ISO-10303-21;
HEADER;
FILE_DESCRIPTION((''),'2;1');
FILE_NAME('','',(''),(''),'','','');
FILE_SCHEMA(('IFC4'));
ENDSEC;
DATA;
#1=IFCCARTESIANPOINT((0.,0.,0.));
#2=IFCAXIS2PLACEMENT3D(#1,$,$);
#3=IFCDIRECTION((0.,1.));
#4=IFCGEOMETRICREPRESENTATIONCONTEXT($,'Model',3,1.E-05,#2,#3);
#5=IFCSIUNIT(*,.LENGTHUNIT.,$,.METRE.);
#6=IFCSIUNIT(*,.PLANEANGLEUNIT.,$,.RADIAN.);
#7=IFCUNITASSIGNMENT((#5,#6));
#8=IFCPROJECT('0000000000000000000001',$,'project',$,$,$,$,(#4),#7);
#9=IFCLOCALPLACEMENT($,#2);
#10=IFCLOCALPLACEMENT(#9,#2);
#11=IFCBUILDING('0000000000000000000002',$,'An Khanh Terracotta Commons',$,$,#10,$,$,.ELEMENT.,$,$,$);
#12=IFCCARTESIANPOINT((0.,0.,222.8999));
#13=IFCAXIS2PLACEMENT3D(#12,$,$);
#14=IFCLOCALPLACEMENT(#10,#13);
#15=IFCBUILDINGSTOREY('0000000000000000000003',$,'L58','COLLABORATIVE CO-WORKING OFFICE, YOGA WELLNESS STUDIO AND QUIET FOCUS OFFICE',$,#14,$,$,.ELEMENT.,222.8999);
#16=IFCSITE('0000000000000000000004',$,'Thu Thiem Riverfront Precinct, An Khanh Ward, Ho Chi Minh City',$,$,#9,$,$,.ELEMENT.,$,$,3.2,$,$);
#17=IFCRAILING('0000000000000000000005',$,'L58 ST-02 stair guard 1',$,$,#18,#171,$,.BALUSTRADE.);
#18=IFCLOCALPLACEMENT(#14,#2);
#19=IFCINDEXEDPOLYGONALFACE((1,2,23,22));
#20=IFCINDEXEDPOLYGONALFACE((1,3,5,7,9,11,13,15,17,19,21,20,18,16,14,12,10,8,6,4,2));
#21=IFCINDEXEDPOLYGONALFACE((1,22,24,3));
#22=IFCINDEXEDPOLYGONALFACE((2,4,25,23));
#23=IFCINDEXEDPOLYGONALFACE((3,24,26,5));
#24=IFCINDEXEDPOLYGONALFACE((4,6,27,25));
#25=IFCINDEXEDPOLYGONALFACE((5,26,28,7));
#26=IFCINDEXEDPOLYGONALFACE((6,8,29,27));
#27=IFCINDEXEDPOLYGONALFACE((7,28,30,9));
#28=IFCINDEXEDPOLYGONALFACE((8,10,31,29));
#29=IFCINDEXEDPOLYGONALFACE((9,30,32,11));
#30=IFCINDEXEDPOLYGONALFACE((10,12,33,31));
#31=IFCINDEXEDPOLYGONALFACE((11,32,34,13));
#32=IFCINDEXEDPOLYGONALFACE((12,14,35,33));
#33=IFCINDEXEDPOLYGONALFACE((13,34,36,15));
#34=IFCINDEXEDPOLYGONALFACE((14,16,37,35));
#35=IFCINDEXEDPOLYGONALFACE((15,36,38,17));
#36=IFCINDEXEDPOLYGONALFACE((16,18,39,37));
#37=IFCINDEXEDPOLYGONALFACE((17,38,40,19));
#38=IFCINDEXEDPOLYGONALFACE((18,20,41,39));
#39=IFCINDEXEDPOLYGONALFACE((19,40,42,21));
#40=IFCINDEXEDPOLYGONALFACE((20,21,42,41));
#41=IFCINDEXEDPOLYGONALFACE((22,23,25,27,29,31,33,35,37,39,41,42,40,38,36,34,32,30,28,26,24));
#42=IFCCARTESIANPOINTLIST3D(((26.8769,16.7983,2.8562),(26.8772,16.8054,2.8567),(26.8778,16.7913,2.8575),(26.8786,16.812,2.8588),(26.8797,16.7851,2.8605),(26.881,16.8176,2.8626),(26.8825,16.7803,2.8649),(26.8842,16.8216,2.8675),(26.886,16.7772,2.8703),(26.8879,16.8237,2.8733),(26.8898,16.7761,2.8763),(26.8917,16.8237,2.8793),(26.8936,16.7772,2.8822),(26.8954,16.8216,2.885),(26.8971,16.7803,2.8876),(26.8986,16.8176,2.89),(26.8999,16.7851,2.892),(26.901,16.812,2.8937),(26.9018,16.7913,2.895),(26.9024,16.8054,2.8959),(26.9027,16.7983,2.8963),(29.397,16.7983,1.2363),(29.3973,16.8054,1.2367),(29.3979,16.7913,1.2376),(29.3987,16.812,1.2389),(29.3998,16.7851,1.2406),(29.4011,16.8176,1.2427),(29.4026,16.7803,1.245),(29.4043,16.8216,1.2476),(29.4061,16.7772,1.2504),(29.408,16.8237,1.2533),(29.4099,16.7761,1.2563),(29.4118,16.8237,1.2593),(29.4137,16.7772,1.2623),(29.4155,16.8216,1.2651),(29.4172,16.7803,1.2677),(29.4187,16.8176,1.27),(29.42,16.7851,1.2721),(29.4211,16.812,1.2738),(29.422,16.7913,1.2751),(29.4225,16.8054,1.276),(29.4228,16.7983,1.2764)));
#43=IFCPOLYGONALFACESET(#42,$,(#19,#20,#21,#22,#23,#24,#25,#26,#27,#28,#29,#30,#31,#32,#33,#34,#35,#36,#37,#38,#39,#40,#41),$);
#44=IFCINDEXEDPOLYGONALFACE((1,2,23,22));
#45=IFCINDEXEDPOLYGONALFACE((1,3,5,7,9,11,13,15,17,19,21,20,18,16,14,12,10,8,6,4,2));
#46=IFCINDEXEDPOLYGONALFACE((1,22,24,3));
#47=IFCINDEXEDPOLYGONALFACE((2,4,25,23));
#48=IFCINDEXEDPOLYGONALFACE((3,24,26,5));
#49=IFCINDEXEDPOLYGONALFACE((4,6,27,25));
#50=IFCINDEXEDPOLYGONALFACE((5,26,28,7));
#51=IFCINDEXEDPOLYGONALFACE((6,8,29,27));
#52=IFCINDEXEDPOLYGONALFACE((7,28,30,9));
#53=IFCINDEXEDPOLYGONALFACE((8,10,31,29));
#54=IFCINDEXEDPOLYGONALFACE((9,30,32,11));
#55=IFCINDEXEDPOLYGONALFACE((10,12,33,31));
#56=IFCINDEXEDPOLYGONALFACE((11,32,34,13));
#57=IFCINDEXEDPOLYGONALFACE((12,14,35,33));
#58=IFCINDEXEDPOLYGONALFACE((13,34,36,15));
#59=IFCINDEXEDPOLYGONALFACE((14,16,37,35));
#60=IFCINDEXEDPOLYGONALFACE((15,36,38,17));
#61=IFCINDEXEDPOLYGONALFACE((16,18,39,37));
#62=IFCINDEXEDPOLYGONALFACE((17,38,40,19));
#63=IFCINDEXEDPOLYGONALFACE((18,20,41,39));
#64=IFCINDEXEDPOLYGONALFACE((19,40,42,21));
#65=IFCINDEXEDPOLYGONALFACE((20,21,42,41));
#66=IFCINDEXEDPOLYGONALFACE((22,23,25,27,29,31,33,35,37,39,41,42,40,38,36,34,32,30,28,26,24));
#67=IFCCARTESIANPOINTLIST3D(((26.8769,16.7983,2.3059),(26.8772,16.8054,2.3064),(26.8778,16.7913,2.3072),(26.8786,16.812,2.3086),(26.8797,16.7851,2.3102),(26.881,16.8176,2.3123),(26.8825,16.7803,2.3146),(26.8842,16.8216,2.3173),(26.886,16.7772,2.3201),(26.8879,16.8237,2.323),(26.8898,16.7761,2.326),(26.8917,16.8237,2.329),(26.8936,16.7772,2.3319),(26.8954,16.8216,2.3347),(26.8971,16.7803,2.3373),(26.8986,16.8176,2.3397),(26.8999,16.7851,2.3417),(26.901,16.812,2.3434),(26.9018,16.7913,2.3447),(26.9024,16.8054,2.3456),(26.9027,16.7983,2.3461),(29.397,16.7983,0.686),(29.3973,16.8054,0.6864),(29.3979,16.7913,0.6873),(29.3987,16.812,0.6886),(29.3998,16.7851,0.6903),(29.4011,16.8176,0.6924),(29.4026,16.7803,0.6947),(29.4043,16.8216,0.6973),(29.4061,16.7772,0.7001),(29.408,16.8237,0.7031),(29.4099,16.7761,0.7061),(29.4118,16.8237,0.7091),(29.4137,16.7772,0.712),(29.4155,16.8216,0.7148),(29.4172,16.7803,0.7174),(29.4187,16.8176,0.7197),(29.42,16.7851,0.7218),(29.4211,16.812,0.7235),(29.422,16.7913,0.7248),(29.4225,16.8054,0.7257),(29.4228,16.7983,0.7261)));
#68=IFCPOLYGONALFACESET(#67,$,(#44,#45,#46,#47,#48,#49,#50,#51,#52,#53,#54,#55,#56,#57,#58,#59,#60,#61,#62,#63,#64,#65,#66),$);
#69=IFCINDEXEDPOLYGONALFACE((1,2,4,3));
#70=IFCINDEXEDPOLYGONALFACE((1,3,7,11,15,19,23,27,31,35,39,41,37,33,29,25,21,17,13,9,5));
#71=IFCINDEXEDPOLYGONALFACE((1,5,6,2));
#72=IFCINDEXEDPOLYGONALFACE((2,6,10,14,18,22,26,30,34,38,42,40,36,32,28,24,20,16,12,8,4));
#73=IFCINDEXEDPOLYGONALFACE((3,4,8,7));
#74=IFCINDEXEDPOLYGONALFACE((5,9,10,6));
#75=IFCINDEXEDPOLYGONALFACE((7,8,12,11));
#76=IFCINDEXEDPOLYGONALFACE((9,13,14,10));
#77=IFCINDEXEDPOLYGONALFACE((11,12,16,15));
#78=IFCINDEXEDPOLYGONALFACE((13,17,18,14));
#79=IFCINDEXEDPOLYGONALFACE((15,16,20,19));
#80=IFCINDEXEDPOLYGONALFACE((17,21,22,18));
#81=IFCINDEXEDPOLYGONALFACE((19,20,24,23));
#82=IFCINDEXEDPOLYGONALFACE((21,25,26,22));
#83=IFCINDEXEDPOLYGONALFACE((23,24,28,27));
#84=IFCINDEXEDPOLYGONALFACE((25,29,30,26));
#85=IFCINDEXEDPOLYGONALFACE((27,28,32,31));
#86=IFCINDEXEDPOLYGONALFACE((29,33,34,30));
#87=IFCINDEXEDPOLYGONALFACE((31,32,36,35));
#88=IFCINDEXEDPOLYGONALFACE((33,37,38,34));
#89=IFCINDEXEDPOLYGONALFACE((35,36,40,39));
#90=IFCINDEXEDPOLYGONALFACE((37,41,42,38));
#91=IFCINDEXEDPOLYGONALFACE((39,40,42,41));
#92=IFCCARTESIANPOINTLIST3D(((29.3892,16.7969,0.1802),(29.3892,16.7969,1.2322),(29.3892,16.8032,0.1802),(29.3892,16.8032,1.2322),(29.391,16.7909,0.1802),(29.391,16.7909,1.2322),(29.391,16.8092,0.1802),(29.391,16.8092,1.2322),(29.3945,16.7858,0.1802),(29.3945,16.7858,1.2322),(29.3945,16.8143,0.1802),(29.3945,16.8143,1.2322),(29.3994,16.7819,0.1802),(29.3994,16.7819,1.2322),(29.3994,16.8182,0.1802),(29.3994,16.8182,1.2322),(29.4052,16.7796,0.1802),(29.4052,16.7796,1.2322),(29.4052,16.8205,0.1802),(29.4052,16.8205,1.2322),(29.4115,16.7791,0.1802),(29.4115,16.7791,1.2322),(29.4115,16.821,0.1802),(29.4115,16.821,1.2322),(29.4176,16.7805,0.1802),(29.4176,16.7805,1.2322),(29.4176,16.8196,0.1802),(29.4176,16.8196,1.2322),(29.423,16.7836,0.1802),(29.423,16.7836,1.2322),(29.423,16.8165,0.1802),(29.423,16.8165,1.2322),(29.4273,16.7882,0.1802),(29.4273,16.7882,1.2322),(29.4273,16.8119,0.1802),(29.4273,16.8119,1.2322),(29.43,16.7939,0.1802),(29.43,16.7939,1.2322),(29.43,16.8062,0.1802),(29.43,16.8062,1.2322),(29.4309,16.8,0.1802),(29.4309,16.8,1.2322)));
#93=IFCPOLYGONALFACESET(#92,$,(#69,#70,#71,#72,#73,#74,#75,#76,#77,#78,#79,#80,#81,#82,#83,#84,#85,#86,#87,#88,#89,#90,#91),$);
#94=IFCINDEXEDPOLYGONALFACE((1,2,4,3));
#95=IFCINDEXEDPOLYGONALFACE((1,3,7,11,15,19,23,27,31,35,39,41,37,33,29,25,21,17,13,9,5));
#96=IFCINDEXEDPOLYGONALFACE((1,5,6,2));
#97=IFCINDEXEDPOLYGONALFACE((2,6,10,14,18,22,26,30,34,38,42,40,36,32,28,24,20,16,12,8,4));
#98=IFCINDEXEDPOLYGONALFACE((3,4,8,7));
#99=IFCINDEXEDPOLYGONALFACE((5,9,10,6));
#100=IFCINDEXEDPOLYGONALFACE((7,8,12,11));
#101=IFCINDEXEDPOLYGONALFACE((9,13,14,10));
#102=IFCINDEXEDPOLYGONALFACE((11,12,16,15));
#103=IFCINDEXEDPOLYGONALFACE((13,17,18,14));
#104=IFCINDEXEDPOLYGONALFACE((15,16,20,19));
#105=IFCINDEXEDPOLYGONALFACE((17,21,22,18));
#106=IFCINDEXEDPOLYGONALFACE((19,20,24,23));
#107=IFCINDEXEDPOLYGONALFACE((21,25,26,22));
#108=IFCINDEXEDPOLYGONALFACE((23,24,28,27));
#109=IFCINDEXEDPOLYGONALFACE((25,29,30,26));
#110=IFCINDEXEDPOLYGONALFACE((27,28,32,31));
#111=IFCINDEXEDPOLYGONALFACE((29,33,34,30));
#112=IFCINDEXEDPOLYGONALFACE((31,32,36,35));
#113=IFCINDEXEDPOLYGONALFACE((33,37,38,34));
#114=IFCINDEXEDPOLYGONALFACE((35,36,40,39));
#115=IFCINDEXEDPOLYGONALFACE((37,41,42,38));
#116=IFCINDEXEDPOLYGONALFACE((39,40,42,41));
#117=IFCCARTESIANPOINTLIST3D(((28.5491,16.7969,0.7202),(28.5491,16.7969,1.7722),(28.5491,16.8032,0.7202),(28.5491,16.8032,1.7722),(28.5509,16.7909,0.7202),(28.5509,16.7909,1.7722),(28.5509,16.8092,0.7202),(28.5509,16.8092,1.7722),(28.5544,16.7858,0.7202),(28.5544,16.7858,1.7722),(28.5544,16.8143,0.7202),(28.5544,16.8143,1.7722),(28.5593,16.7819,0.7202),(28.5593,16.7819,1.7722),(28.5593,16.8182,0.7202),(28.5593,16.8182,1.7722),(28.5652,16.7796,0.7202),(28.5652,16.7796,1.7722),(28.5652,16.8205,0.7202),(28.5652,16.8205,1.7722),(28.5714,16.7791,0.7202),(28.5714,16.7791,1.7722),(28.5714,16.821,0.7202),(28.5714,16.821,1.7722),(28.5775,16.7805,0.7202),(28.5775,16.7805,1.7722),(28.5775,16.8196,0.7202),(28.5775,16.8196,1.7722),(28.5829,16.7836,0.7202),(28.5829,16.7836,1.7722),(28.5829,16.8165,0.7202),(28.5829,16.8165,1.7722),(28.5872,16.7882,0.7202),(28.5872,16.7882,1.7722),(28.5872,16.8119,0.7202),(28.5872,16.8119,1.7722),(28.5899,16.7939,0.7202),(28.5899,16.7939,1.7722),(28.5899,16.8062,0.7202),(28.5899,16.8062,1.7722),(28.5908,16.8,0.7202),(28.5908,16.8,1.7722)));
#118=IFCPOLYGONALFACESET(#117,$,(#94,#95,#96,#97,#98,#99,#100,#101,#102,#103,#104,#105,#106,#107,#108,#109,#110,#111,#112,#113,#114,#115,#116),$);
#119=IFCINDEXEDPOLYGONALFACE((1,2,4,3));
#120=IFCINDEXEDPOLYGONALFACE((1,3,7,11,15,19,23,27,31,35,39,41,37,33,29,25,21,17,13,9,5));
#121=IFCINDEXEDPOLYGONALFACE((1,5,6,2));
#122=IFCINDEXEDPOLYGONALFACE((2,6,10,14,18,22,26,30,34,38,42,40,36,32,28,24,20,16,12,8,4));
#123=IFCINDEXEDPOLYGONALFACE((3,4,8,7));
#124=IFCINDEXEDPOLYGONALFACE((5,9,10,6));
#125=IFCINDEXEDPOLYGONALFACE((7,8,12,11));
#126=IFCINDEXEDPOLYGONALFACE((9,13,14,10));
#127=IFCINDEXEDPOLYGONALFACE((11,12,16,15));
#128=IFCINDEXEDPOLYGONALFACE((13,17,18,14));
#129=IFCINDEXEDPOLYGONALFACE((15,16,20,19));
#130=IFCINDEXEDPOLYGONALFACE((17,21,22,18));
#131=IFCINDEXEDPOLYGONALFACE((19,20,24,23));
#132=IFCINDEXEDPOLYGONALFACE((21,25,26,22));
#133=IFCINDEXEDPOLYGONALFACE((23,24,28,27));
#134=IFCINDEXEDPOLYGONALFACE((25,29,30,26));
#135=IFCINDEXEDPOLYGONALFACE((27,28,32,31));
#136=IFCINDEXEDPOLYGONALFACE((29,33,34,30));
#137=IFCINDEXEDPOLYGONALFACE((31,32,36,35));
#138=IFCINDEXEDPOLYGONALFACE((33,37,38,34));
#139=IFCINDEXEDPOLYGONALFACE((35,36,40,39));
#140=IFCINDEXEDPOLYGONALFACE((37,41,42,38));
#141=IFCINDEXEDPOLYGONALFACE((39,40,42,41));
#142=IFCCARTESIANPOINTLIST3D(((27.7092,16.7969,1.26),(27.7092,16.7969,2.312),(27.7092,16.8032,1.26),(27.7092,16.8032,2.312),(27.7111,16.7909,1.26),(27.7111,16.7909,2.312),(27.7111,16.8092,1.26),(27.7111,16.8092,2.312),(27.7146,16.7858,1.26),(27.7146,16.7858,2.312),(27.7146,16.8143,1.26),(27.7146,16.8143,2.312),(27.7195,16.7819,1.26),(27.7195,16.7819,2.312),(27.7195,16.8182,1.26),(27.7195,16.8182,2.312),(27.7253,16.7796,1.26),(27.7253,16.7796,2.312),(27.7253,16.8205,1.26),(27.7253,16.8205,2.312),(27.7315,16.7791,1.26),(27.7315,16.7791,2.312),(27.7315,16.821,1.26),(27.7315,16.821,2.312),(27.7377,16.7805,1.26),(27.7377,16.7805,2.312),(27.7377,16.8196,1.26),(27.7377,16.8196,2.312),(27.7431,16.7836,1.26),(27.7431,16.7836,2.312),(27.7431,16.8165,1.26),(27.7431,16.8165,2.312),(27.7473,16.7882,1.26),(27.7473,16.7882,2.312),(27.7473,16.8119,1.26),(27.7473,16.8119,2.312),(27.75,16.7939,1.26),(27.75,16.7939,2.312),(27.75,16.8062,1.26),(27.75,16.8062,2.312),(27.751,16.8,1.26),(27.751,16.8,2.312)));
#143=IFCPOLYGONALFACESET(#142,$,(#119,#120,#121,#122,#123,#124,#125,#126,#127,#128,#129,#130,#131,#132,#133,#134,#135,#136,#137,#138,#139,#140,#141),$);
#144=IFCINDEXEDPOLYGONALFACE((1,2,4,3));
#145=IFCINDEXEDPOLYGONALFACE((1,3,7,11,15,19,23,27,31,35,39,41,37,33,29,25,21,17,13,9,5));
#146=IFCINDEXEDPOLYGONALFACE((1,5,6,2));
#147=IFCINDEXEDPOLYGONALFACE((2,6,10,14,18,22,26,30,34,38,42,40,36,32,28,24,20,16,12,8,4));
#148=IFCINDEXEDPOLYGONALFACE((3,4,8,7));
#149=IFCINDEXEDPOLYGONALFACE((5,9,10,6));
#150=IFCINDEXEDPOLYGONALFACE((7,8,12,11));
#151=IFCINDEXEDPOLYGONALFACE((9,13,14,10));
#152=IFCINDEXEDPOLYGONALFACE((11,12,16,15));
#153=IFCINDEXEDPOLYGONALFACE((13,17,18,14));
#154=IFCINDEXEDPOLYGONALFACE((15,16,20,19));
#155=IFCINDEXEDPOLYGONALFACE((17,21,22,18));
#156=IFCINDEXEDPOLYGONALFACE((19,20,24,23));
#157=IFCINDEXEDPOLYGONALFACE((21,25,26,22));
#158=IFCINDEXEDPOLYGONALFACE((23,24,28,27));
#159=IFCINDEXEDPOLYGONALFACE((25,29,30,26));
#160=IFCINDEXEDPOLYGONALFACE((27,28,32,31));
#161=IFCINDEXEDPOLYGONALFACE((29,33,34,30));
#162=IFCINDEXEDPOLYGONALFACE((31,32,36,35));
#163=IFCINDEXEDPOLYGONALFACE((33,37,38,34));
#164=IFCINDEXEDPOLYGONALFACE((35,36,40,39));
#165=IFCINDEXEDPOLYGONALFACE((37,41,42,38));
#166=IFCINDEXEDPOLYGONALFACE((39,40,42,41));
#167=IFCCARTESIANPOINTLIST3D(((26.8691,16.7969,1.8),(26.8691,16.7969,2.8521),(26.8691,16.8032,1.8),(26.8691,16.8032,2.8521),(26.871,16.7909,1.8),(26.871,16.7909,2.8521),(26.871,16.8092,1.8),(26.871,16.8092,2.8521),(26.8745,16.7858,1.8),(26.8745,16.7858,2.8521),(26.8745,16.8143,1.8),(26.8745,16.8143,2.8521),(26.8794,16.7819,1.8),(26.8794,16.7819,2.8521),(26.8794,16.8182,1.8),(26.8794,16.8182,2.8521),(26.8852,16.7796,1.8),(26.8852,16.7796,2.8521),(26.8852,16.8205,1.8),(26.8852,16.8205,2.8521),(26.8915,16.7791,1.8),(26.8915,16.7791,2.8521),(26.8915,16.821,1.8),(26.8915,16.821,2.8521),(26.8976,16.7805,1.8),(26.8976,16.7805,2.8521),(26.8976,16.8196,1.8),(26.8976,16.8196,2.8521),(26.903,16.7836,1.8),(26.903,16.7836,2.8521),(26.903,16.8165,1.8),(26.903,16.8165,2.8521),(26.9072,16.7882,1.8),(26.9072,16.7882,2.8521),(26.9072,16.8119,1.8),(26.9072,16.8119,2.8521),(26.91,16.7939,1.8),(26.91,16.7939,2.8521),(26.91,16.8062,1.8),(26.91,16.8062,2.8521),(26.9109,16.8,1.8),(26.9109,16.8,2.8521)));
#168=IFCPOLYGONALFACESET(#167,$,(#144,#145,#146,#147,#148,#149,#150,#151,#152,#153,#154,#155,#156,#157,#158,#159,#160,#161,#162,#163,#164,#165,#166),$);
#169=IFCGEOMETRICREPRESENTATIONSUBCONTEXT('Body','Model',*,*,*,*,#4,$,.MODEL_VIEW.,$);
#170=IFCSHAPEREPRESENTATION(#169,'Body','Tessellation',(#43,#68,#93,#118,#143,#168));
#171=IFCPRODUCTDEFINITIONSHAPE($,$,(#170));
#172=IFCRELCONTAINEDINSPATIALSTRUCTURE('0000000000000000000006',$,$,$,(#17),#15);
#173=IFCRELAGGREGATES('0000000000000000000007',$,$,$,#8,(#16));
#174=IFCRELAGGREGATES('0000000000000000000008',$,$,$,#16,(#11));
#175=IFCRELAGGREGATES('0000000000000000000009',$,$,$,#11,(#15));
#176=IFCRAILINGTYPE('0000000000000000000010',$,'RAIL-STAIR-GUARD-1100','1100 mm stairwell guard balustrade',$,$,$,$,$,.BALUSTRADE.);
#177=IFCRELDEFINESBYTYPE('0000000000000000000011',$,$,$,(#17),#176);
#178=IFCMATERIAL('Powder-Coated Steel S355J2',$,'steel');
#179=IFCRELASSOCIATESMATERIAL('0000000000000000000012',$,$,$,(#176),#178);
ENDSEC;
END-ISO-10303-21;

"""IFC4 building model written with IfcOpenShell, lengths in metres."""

from ifc_helpers import new_model, si_unit, direction, frame, origin, origin_2d, place, context, subcontext, project, spatial, circle, extrude, material, type_object, element, save


model = new_model("IFC4")

# Units and contexts
model_context = context("Model", 3, precision=1e-05, world=origin(), true_north=direction((0.0, 1.0)))
body_context = subcontext(model_context, "Body", "Model", "MODEL_VIEW")
ifc_project = project(units=[si_unit("LENGTHUNIT", "METRE"), si_unit("PLANEANGLEUNIT", "RADIAN")], contexts=[model_context])

# Site, building, storey
site_placement = place(None, origin())
site = spatial("IfcSite", under=ifc_project, at=site_placement, Name="Thu Thiem Riverfront Precinct, An Khanh Ward, Ho Chi Minh City", CompositionType="ELEMENT", RefElevation=3.2)
building_placement = place(site_placement, origin())
building = spatial("IfcBuilding", under=site, at=building_placement, Name="An Khanh Terracotta Commons", CompositionType="ELEMENT")
storey_placement = place(building_placement, frame((0.0, 0.0, 222.8999)))
storey = spatial("IfcBuildingStorey", under=building, at=storey_placement, Name="L58", Description="COLLABORATIVE CO-WORKING OFFICE, YOGA WELLNESS STUDIO AND QUIET FOCUS OFFICE", CompositionType="ELEMENT", Elevation=222.8999)

# Railing
ifc_material_1 = material(Name="Powder-Coated Steel S355J2", Category="steel")
railing_type = type_object("IfcRailingType", Name="RAIL-STAIR-GUARD-1100", Description="1100 mm stairwell guard balustrade", PredefinedType="BALUSTRADE", material=ifc_material_1)
railing_1_placement = place(storey_placement, frame((29.4099, 16.8, 0.1802)))
element("IfcRailing", 1, at=railing_1_placement, inside=storey, type_object=railing_type, Name="L58 ST-02 stair guard 1", PredefinedType="BALUSTRADE", context=body_context, shape_type="SweptSolid", body=[
    extrude(circle(Radius=0.0239, at=origin_2d()), frame((0.0, 0.0, 1.0762), z_axis=(-0.8412, 0.0, 0.540725), x_axis=(0.0, -1.0, 0.0)), (0.0, 0.0, 1.0), 2.9958),
    extrude(circle(Radius=0.0239, at=origin_2d()), frame((0.0, 0.0, 0.5259), z_axis=(-0.8412, 0.0, 0.540725), x_axis=(0.0, -1.0, 0.0)), (0.0, 0.0, 1.0), 2.9958),
    extrude(circle(Radius=0.021, at=origin_2d()), origin(), (0.0, 0.0, 1.0), 1.052),
    extrude(circle(Radius=0.021, at=origin_2d()), frame((-0.8401, 0.0, 0.54)), (0.0, 0.0, 1.0), 1.052),
    extrude(circle(Radius=0.021, at=origin_2d()), frame((-1.6799, 0.0, 1.0798)), (0.0, 0.0, 1.0), 1.052),
    extrude(circle(Radius=0.021, at=origin_2d()), frame((-2.52, 0.0, 1.6199)), (0.0, 0.0, 1.0), 1.052),
])

save(model, "model.ifc")
